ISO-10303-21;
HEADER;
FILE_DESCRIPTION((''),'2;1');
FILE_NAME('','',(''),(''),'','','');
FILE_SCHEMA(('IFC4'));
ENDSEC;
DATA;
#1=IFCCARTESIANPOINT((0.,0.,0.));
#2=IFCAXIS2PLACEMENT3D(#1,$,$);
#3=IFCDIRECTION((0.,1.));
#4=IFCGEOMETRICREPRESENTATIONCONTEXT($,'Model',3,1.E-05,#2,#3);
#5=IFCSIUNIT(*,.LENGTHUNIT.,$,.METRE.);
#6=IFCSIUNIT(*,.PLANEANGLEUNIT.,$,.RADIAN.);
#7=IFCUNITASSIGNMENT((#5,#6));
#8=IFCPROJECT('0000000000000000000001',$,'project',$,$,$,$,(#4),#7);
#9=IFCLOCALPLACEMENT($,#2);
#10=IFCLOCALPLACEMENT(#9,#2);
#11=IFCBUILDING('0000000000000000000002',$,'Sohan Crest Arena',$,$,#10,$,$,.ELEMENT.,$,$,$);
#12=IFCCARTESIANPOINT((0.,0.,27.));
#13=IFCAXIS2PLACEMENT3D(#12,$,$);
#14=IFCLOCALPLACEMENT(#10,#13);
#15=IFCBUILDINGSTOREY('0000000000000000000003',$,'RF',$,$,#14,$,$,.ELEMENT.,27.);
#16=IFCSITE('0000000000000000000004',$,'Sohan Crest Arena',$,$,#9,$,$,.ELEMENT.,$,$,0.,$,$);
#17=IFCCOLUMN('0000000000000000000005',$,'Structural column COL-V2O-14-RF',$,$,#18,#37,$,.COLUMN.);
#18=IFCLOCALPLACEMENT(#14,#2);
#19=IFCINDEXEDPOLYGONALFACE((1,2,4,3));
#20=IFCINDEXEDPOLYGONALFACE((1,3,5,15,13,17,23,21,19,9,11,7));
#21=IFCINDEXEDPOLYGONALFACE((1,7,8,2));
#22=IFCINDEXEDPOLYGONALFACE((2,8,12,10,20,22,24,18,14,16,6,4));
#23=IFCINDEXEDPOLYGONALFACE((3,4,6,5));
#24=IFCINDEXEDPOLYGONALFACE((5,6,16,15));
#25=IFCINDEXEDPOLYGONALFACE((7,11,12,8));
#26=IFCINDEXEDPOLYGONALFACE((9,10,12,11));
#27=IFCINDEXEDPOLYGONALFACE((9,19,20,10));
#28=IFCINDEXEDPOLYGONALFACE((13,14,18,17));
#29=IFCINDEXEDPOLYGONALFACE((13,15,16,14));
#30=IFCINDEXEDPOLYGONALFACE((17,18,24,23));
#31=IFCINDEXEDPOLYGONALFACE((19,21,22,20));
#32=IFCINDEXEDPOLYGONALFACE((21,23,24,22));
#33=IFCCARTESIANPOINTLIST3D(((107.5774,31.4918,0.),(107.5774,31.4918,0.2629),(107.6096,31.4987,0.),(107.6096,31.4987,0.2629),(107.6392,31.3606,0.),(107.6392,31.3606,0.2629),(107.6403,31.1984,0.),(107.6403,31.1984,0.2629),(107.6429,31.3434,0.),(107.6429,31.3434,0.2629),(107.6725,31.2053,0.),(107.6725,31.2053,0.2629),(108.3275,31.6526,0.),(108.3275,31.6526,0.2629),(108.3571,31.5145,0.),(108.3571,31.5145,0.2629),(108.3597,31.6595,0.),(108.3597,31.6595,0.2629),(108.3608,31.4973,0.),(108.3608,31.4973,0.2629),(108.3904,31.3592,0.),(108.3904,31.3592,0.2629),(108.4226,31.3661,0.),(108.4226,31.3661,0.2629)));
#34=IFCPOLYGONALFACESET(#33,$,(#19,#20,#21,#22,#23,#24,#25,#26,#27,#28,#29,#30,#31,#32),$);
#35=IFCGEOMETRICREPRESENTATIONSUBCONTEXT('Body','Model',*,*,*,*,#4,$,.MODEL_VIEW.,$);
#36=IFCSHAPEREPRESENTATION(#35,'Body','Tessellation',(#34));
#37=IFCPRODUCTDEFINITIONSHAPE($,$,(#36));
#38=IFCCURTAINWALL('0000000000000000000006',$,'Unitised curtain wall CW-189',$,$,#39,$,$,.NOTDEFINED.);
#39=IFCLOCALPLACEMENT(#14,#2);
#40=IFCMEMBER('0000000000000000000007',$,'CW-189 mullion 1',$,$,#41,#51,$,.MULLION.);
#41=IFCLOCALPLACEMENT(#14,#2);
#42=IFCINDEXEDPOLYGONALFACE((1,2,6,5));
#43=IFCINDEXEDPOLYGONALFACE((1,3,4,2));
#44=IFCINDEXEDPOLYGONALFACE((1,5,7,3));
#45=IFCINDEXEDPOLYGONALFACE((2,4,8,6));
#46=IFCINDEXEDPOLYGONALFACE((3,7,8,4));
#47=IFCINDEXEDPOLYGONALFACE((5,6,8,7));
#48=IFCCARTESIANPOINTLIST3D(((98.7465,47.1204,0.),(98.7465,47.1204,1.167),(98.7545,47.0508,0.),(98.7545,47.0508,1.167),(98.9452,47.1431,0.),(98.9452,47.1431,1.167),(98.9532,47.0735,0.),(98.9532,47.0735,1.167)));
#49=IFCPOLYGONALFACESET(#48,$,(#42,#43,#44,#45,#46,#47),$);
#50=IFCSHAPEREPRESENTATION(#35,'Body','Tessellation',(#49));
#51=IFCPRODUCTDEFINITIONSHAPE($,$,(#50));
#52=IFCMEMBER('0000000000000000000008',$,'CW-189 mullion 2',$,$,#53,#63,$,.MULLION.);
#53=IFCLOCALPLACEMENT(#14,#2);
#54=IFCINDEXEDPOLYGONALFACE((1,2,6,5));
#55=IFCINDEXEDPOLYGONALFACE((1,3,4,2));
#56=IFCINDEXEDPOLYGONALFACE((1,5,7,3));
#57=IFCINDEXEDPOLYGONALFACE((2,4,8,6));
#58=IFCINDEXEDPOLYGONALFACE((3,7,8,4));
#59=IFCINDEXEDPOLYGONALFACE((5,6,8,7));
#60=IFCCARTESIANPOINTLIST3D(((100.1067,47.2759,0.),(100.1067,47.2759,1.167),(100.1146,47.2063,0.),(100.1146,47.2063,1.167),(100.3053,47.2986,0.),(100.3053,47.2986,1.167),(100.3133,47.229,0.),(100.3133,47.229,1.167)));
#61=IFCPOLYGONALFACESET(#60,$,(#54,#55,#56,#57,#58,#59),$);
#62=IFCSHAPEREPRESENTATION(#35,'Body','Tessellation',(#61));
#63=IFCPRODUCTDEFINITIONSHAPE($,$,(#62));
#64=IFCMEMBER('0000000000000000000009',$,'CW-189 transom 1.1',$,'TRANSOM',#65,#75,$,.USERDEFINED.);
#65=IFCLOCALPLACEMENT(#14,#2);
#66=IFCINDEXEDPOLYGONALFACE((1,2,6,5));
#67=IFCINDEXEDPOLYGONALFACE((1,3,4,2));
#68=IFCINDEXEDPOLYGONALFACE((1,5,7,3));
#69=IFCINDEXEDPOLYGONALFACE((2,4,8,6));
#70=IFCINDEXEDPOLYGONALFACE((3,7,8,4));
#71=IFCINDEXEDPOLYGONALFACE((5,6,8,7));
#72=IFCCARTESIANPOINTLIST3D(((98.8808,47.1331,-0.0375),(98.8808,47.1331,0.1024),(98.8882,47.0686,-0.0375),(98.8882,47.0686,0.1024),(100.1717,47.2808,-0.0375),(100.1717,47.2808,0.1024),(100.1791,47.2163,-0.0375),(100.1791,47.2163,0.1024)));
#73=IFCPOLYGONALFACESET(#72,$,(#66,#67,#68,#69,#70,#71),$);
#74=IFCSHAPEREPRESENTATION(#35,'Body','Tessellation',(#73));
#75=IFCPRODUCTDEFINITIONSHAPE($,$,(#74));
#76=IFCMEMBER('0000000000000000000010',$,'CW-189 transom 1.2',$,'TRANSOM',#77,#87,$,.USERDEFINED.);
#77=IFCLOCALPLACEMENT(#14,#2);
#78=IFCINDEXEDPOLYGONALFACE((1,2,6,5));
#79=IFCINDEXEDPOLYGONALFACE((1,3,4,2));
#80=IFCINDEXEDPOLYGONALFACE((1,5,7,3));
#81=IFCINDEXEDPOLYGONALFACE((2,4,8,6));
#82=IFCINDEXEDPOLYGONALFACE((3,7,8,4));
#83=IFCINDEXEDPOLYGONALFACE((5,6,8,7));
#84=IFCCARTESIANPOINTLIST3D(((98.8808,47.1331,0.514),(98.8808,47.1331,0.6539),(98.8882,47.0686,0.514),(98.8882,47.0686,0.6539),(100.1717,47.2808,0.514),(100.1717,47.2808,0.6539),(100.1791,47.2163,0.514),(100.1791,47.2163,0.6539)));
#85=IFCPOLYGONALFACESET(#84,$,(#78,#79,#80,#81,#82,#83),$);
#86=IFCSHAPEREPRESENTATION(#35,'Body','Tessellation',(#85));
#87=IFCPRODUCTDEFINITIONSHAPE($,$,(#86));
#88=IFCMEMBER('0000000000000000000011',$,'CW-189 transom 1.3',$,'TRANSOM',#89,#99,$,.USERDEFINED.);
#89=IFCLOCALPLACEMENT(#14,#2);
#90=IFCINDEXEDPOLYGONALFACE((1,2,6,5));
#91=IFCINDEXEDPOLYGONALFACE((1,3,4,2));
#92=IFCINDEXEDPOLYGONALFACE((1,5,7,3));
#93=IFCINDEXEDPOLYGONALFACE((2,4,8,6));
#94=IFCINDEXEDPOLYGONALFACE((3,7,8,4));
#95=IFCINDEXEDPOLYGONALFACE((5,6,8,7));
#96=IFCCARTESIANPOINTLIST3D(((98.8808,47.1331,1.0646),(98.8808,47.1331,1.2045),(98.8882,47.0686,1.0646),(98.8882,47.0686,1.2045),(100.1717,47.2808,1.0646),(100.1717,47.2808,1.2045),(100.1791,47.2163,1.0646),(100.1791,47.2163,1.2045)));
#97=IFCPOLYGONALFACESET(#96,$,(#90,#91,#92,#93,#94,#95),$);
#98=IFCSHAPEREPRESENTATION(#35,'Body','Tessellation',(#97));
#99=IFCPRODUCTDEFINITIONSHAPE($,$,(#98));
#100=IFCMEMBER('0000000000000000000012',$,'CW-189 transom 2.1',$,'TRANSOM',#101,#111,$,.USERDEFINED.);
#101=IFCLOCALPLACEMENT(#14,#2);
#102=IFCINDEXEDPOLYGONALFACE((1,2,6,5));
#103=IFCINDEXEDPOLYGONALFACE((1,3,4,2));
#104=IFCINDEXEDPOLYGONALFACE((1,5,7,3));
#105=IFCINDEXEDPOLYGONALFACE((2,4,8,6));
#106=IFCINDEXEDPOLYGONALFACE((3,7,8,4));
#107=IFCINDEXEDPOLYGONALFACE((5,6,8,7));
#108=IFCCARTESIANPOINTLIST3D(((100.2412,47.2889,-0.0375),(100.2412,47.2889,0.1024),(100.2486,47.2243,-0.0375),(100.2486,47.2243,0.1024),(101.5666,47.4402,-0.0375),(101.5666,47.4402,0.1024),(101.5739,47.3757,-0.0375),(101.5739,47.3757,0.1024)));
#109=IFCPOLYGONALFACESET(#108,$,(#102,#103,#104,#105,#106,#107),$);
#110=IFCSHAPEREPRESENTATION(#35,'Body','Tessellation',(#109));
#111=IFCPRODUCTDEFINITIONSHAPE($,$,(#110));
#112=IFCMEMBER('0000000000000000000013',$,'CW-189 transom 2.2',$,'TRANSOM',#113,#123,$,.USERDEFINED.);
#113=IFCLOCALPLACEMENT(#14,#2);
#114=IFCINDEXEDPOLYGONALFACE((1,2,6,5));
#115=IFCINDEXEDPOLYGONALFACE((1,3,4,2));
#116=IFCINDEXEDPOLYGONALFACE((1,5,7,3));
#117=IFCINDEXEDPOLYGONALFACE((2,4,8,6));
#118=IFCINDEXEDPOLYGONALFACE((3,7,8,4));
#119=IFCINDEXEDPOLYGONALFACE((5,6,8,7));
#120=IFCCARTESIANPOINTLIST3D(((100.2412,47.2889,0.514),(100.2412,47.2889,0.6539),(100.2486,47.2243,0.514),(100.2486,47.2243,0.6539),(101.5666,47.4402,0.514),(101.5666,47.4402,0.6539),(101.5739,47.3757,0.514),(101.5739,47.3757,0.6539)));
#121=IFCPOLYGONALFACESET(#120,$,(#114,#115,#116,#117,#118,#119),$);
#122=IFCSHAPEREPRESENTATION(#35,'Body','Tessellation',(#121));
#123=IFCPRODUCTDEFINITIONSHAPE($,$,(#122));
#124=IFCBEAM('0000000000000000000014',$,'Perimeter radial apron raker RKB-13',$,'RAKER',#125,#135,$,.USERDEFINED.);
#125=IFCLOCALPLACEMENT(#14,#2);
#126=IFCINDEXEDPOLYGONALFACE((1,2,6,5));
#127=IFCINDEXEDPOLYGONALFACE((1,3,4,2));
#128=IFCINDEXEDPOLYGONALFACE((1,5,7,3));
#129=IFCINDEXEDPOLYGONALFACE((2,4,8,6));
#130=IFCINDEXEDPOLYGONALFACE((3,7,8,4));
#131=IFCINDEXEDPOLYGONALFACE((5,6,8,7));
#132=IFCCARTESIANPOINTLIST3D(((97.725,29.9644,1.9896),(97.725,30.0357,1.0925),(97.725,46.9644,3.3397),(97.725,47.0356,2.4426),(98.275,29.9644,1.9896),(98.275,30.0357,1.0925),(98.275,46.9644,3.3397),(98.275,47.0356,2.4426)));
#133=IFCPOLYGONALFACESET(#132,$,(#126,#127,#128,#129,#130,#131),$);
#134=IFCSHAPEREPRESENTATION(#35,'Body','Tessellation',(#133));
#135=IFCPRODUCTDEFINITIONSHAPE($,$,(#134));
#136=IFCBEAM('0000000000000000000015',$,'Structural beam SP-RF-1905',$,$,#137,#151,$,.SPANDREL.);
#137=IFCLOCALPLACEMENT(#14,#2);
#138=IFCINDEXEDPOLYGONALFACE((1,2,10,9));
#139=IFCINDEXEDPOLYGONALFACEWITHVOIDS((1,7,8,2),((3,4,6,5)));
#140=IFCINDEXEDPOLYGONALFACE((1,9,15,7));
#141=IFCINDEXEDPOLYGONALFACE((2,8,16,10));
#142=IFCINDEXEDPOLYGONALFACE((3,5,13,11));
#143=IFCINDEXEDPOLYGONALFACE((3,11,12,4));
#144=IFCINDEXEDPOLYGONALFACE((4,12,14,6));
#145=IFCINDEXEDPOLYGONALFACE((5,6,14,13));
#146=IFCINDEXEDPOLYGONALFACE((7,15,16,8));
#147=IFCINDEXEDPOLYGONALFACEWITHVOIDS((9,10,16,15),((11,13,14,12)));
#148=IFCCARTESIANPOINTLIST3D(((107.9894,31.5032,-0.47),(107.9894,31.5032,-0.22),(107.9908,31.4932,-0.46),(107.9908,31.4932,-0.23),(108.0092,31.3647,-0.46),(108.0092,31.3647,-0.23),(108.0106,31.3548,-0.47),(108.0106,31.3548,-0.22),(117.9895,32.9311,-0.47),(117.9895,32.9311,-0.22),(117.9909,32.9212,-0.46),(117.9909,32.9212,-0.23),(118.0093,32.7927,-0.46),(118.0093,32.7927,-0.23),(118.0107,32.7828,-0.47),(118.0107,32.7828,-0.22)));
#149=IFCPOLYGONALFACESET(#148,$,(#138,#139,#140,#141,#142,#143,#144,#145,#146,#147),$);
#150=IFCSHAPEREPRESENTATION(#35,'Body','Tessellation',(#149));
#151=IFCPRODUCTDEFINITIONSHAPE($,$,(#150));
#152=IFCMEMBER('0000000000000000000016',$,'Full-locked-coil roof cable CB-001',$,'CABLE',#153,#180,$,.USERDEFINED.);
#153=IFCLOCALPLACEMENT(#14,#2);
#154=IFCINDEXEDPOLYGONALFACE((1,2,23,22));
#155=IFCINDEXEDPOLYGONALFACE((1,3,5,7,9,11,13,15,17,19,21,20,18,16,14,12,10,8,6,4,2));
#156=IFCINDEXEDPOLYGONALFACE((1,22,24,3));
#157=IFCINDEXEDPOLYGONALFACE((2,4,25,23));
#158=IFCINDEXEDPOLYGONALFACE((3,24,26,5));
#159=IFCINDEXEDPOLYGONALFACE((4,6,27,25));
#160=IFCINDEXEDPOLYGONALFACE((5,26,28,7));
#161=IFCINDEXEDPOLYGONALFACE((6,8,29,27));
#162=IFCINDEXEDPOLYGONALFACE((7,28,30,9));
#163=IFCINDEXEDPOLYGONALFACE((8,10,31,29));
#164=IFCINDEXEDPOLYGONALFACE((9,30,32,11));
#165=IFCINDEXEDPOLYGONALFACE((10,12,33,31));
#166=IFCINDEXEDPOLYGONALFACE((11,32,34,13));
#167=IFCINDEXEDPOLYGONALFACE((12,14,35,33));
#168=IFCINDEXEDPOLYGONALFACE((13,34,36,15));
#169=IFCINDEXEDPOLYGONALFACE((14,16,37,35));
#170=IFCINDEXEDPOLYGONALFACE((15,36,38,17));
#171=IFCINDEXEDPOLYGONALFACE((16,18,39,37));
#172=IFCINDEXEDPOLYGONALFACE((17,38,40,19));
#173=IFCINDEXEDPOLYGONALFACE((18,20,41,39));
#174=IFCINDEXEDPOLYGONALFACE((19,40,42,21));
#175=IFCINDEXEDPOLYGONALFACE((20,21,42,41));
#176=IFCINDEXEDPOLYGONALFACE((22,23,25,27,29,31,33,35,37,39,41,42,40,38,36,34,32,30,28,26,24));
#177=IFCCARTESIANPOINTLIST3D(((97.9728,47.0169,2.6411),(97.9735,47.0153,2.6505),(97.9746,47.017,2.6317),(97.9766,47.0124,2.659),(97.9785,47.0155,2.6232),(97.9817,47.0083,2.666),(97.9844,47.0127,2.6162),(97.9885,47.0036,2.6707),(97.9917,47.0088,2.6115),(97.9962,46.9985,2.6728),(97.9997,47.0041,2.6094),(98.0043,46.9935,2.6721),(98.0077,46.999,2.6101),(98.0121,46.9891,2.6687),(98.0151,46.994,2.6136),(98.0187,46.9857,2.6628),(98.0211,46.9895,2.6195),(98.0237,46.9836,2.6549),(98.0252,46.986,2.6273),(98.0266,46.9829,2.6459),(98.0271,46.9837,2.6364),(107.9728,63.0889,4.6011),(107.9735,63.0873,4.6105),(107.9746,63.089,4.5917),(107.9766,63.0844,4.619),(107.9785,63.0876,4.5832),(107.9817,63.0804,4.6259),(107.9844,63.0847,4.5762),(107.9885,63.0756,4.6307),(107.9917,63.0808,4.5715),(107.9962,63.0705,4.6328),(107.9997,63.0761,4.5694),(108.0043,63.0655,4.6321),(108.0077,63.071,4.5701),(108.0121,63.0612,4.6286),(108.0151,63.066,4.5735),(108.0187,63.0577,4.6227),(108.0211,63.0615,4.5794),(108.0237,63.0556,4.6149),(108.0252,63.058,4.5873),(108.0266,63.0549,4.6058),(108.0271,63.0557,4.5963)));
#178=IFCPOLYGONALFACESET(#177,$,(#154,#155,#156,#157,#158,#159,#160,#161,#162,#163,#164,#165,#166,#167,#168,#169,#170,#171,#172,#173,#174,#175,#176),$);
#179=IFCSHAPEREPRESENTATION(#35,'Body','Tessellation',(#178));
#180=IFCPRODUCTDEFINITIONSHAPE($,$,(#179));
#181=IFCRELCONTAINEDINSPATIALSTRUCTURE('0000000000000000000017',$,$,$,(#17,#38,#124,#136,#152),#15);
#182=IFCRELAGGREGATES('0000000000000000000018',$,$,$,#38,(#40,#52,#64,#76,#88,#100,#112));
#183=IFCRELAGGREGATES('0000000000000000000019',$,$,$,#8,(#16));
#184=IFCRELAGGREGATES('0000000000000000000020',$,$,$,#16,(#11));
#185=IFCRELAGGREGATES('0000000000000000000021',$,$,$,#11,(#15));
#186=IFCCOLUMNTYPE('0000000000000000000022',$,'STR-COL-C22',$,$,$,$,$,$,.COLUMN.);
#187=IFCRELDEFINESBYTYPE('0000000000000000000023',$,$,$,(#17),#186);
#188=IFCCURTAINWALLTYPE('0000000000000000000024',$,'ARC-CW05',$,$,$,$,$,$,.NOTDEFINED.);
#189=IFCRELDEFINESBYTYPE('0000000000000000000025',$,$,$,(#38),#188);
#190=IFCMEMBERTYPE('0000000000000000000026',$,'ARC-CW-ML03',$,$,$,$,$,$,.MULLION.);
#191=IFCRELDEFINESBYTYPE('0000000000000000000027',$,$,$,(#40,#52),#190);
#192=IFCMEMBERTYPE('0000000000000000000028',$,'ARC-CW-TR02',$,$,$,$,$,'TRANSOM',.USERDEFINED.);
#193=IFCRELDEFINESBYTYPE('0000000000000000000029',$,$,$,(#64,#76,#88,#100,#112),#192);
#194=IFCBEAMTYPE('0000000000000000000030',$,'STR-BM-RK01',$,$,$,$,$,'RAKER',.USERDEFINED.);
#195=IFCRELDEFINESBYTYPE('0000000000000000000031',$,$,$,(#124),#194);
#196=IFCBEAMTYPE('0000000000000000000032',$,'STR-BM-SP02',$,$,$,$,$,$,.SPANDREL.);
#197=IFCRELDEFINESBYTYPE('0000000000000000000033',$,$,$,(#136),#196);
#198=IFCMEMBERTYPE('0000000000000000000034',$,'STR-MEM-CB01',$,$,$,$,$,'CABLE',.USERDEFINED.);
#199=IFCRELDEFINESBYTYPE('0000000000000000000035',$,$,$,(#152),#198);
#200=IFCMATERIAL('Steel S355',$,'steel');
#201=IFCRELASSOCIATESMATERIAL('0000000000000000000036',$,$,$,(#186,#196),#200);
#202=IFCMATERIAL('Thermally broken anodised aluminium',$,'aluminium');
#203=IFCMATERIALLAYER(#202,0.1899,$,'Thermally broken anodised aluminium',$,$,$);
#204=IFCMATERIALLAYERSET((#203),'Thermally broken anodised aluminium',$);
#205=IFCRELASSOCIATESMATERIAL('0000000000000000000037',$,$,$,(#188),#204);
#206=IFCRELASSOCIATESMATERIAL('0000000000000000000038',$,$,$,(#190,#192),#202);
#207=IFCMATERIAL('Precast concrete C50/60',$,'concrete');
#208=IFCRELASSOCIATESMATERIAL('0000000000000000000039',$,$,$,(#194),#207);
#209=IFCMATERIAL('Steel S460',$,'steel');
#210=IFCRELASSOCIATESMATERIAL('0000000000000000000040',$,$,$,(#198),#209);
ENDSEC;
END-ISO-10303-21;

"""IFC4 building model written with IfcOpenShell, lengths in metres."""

from ifc_helpers import new_model, si_unit, direction, frame, origin, origin_2d, place, context, subcontext, project, spatial, rectangle, hollow_rectangle, circle, i_section, extrude, material, layer, layer_set, material_profile, profile_set, type_object, element, aggregate, save


model = new_model("IFC4")

# Units and contexts
model_context = context("Model", 3, precision=1e-05, world=origin(), true_north=direction((0.0, 1.0)))
body_context = subcontext(model_context, "Body", "Model", "MODEL_VIEW")
ifc_project = project(units=[si_unit("LENGTHUNIT", "METRE"), si_unit("PLANEANGLEUNIT", "RADIAN")], contexts=[model_context])

# Site, building, storey
site_placement = place(None, origin())
site = spatial("IfcSite", under=ifc_project, at=site_placement, Name="Sohan Crest Arena", CompositionType="ELEMENT", RefElevation=0.0)
building_placement = place(site_placement, origin())
building = spatial("IfcBuilding", under=site, at=building_placement, Name="Sohan Crest Arena", CompositionType="ELEMENT")
storey_placement = place(building_placement, frame((0.0, 0.0, 27.0)))
storey = spatial("IfcBuildingStorey", under=building, at=storey_placement, Name="RF", CompositionType="ELEMENT", Elevation=27.0)

# Column
ifc_material_1 = material(Name="Steel S355", Category="steel")
ifc_material_profile_1 = material_profile(ifc_material_1, i_section(OverallWidth=0.3, OverallDepth=0.8, WebThickness=0.0176, FlangeThickness=0.033, at=origin_2d()), Name="HEB 800")
ifc_profile_set_1 = profile_set([ifc_material_profile_1], Name="Steel S355")
column_type = type_object("IfcColumnType", Name="STR-COL-C22", PredefinedType="COLUMN", material=ifc_profile_set_1)
column_placement = place(storey_placement, frame((108.0, 31.429, 0.0), z_axis=(0.0, 0.0, 1.0), x_axis=(-0.209619, 0.977783, 0.0)))
element("IfcColumn", 1, at=column_placement, inside=storey, type_object=column_type, Name="Structural column COL-V2O-14-RF", PredefinedType="COLUMN", context=body_context, shape_type="SweptSolid", body=[
    extrude(i_section(OverallWidth=0.3, OverallDepth=0.8, WebThickness=0.0176, FlangeThickness=0.033, at=origin_2d()), origin(), (0.0, 0.0, 1.0), 0.2629),
])

# Curtain wall, members
ifc_material_2 = material(Name="Thermally broken anodised aluminium", Category="aluminium")
ifc_layer_1 = layer(ifc_material_2, 0.1899, Name="Thermally broken anodised aluminium")
ifc_layer_set_1 = layer_set([ifc_layer_1], Name="Thermally broken anodised aluminium")
curtain_wall_type = type_object("IfcCurtainWallType", Name="ARC-CW05", PredefinedType="NOTDEFINED", material=ifc_layer_set_1)
curtain_wall_placement = place(storey_placement, origin())
curtain_wall = element("IfcCurtainWall", 2, at=curtain_wall_placement, inside=storey, type_object=curtain_wall_type, Name="Unitised curtain wall CW-189", PredefinedType="NOTDEFINED")
ifc_material_profile_2 = material_profile(ifc_material_2, rectangle(XDim=0.0701, YDim=0.2, at=origin_2d()), Name="ALU-MULL 70x200")
ifc_profile_set_2 = profile_set([ifc_material_profile_2], Name="Thermally broken anodised aluminium")
member_type_1 = type_object("IfcMemberType", Name="ARC-CW-ML03", PredefinedType="MULLION", material=ifc_profile_set_2)
member_1_placement = place(storey_placement, frame((98.8499, 47.0969, 0.0), z_axis=(0.0, 0.0, 1.0), x_axis=(-0.113597, 0.993527, 0.0)))
member_1 = element("IfcMember", 3, at=member_1_placement, type_object=member_type_1, Name="CW-189 mullion 1", PredefinedType="MULLION", context=body_context, shape_type="SweptSolid", body=[
    extrude(rectangle(XDim=0.0701, YDim=0.2, at=origin_2d()), origin(), (0.0, 0.0, 1.0), 1.167),
])
member_2_placement = place(storey_placement, frame((100.21, 47.2524, 0.0), z_axis=(0.0, 0.0, 1.0), x_axis=(-0.113597, 0.993527, 0.0)))
member_2 = element("IfcMember", 4, at=member_2_placement, type_object=member_type_1, Name="CW-189 mullion 2", PredefinedType="MULLION", context=body_context, shape_type="SweptSolid", body=[
    extrude(rectangle(XDim=0.0701, YDim=0.2, at=origin_2d()), origin(), (0.0, 0.0, 1.0), 1.167),
])
ifc_material_profile_3 = material_profile(ifc_material_2, rectangle(XDim=0.0649, YDim=0.1399, at=origin_2d()), Name="ALU-TRAN 65x140")
ifc_profile_set_3 = profile_set([ifc_material_profile_3], Name="Thermally broken anodised aluminium")
member_type_2 = type_object("IfcMemberType", Name="ARC-CW-TR02", ElementType="TRANSOM", PredefinedType="USERDEFINED", material=ifc_profile_set_3)
member_3_placement = place(storey_placement, frame((98.8845, 47.1008, 0.0325), z_axis=(0.993516, 0.11369, 0.0), x_axis=(-0.11369, 0.993516, 0.0)))
member_3 = element("IfcMember", 5, at=member_3_placement, type_object=member_type_2, Name="CW-189 transom 1.1", ObjectType="TRANSOM", PredefinedType="USERDEFINED", context=body_context, shape_type="SweptSolid", body=[
    extrude(rectangle(XDim=0.0649, YDim=0.1399, at=origin_2d()), origin(), (0.0, 0.0, 1.0), 1.2993),
])
member_4_placement = place(storey_placement, frame((98.8845, 47.1008, 0.584), z_axis=(0.993516, 0.11369, 0.0), x_axis=(-0.11369, 0.993516, 0.0)))
member_4 = element("IfcMember", 6, at=member_4_placement, type_object=member_type_2, Name="CW-189 transom 1.2", ObjectType="TRANSOM", PredefinedType="USERDEFINED", context=body_context, shape_type="SweptSolid", body=[
    extrude(rectangle(XDim=0.0649, YDim=0.1399, at=origin_2d()), origin(), (0.0, 0.0, 1.0), 1.2993),
])
member_5_placement = place(storey_placement, frame((98.8845, 47.1008, 1.1345), z_axis=(0.993516, 0.11369, 0.0), x_axis=(-0.11369, 0.993516, 0.0)))
member_5 = element("IfcMember", 7, at=member_5_placement, type_object=member_type_2, Name="CW-189 transom 1.3", ObjectType="TRANSOM", PredefinedType="USERDEFINED", context=body_context, shape_type="SweptSolid", body=[
    extrude(rectangle(XDim=0.0649, YDim=0.1399, at=origin_2d()), origin(), (0.0, 0.0, 1.0), 1.2993),
])
member_6_placement = place(storey_placement, frame((100.2449, 47.2566, 0.0325), z_axis=(0.993542, 0.113464, 0.0), x_axis=(-0.113464, 0.993542, 0.0)))
member_6 = element("IfcMember", 8, at=member_6_placement, type_object=member_type_2, Name="CW-189 transom 2.1", ObjectType="TRANSOM", PredefinedType="USERDEFINED", context=body_context, shape_type="SweptSolid", body=[
    extrude(rectangle(XDim=0.0649, YDim=0.1399, at=origin_2d()), origin(), (0.0, 0.0, 1.0), 1.334),
])
member_7_placement = place(storey_placement, frame((100.2449, 47.2566, 0.584), z_axis=(0.993542, 0.113464, 0.0), x_axis=(-0.113464, 0.993542, 0.0)))
member_7 = element("IfcMember", 9, at=member_7_placement, type_object=member_type_2, Name="CW-189 transom 2.2", ObjectType="TRANSOM", PredefinedType="USERDEFINED", context=body_context, shape_type="SweptSolid", body=[
    extrude(rectangle(XDim=0.0649, YDim=0.1399, at=origin_2d()), origin(), (0.0, 0.0, 1.0), 1.334),
])

# Beams
ifc_material_3 = material(Name="Precast concrete C50/60", Category="concrete")
ifc_material_profile_4 = material_profile(ifc_material_3, rectangle(XDim=0.55, YDim=0.8999, at=origin_2d()), Name="RAKER 550x900")
ifc_profile_set_4 = profile_set([ifc_material_profile_4], Name="Precast concrete C50/60")
beam_type_1 = type_object("IfcBeamType", Name="STR-BM-RK01", ElementType="RAKER", PredefinedType="USERDEFINED", material=ifc_profile_set_4)
beam_1_placement = place(storey_placement, frame((98.0, 47.0, 2.8911), z_axis=(0.0, -0.996861, -0.079168), x_axis=(1.0, 0.0, 0.0)))
element("IfcBeam", 10, at=beam_1_placement, inside=storey, type_object=beam_type_1, Name="Perimeter radial apron raker RKB-13", ObjectType="RAKER", PredefinedType="USERDEFINED", context=body_context, shape_type="SweptSolid", body=[
    extrude(rectangle(XDim=0.55, YDim=0.8999, at=origin_2d()), origin(), (0.0, 0.0, 1.0), 17.0535),
])
ifc_material_profile_5 = material_profile(ifc_material_1, hollow_rectangle(XDim=0.1499, YDim=0.25, WallThickness=0.01, at=origin_2d()), Name="RHS 250x150x10")
ifc_profile_set_5 = profile_set([ifc_material_profile_5], Name="Steel S355")
beam_type_2 = type_object("IfcBeamType", Name="STR-BM-SP02", PredefinedType="SPANDREL", material=ifc_profile_set_5)
beam_2_placement = place(storey_placement, frame((108.0, 31.429, -0.345), z_axis=(0.989958, 0.141364, 0.0), x_axis=(-0.141364, 0.989958, 0.0)))
element("IfcBeam", 11, at=beam_2_placement, inside=storey, type_object=beam_type_2, Name="Structural beam SP-RF-1905", PredefinedType="SPANDREL", context=body_context, shape_type="SweptSolid", body=[
    extrude(hollow_rectangle(XDim=0.1499, YDim=0.25, WallThickness=0.01, at=origin_2d()), origin(), (0.0, 0.0, 1.0), 10.1016),
])

# Member
ifc_material_4 = material(Name="Steel S460", Category="steel")
ifc_material_profile_6 = material_profile(ifc_material_4, circle(Radius=0.032, at=origin_2d()), Name="FLC D64")
ifc_profile_set_6 = profile_set([ifc_material_profile_6], Name="Steel S460")
member_type_3 = type_object("IfcMemberType", Name="STR-MEM-CB01", ElementType="CABLE", PredefinedType="USERDEFINED", material=ifc_profile_set_6)
member_8_placement = place(storey_placement, frame((98.0, 47.0, 2.6411), z_axis=(0.525479, 0.84455, 0.102992), x_axis=(-0.849065, 0.528288, 0.0)))
element("IfcMember", 12, at=member_8_placement, inside=storey, type_object=member_type_3, Name="Full-locked-coil roof cable CB-001", ObjectType="CABLE", PredefinedType="USERDEFINED", context=body_context, shape_type="SweptSolid", body=[
    extrude(circle(Radius=0.032, at=origin_2d()), origin(), (0.0, 0.0, 1.0), 19.0303),
])

aggregate(curtain_wall, [member_1, member_2, member_3, member_4, member_5, member_6, member_7])

save(model, "model.ifc")
